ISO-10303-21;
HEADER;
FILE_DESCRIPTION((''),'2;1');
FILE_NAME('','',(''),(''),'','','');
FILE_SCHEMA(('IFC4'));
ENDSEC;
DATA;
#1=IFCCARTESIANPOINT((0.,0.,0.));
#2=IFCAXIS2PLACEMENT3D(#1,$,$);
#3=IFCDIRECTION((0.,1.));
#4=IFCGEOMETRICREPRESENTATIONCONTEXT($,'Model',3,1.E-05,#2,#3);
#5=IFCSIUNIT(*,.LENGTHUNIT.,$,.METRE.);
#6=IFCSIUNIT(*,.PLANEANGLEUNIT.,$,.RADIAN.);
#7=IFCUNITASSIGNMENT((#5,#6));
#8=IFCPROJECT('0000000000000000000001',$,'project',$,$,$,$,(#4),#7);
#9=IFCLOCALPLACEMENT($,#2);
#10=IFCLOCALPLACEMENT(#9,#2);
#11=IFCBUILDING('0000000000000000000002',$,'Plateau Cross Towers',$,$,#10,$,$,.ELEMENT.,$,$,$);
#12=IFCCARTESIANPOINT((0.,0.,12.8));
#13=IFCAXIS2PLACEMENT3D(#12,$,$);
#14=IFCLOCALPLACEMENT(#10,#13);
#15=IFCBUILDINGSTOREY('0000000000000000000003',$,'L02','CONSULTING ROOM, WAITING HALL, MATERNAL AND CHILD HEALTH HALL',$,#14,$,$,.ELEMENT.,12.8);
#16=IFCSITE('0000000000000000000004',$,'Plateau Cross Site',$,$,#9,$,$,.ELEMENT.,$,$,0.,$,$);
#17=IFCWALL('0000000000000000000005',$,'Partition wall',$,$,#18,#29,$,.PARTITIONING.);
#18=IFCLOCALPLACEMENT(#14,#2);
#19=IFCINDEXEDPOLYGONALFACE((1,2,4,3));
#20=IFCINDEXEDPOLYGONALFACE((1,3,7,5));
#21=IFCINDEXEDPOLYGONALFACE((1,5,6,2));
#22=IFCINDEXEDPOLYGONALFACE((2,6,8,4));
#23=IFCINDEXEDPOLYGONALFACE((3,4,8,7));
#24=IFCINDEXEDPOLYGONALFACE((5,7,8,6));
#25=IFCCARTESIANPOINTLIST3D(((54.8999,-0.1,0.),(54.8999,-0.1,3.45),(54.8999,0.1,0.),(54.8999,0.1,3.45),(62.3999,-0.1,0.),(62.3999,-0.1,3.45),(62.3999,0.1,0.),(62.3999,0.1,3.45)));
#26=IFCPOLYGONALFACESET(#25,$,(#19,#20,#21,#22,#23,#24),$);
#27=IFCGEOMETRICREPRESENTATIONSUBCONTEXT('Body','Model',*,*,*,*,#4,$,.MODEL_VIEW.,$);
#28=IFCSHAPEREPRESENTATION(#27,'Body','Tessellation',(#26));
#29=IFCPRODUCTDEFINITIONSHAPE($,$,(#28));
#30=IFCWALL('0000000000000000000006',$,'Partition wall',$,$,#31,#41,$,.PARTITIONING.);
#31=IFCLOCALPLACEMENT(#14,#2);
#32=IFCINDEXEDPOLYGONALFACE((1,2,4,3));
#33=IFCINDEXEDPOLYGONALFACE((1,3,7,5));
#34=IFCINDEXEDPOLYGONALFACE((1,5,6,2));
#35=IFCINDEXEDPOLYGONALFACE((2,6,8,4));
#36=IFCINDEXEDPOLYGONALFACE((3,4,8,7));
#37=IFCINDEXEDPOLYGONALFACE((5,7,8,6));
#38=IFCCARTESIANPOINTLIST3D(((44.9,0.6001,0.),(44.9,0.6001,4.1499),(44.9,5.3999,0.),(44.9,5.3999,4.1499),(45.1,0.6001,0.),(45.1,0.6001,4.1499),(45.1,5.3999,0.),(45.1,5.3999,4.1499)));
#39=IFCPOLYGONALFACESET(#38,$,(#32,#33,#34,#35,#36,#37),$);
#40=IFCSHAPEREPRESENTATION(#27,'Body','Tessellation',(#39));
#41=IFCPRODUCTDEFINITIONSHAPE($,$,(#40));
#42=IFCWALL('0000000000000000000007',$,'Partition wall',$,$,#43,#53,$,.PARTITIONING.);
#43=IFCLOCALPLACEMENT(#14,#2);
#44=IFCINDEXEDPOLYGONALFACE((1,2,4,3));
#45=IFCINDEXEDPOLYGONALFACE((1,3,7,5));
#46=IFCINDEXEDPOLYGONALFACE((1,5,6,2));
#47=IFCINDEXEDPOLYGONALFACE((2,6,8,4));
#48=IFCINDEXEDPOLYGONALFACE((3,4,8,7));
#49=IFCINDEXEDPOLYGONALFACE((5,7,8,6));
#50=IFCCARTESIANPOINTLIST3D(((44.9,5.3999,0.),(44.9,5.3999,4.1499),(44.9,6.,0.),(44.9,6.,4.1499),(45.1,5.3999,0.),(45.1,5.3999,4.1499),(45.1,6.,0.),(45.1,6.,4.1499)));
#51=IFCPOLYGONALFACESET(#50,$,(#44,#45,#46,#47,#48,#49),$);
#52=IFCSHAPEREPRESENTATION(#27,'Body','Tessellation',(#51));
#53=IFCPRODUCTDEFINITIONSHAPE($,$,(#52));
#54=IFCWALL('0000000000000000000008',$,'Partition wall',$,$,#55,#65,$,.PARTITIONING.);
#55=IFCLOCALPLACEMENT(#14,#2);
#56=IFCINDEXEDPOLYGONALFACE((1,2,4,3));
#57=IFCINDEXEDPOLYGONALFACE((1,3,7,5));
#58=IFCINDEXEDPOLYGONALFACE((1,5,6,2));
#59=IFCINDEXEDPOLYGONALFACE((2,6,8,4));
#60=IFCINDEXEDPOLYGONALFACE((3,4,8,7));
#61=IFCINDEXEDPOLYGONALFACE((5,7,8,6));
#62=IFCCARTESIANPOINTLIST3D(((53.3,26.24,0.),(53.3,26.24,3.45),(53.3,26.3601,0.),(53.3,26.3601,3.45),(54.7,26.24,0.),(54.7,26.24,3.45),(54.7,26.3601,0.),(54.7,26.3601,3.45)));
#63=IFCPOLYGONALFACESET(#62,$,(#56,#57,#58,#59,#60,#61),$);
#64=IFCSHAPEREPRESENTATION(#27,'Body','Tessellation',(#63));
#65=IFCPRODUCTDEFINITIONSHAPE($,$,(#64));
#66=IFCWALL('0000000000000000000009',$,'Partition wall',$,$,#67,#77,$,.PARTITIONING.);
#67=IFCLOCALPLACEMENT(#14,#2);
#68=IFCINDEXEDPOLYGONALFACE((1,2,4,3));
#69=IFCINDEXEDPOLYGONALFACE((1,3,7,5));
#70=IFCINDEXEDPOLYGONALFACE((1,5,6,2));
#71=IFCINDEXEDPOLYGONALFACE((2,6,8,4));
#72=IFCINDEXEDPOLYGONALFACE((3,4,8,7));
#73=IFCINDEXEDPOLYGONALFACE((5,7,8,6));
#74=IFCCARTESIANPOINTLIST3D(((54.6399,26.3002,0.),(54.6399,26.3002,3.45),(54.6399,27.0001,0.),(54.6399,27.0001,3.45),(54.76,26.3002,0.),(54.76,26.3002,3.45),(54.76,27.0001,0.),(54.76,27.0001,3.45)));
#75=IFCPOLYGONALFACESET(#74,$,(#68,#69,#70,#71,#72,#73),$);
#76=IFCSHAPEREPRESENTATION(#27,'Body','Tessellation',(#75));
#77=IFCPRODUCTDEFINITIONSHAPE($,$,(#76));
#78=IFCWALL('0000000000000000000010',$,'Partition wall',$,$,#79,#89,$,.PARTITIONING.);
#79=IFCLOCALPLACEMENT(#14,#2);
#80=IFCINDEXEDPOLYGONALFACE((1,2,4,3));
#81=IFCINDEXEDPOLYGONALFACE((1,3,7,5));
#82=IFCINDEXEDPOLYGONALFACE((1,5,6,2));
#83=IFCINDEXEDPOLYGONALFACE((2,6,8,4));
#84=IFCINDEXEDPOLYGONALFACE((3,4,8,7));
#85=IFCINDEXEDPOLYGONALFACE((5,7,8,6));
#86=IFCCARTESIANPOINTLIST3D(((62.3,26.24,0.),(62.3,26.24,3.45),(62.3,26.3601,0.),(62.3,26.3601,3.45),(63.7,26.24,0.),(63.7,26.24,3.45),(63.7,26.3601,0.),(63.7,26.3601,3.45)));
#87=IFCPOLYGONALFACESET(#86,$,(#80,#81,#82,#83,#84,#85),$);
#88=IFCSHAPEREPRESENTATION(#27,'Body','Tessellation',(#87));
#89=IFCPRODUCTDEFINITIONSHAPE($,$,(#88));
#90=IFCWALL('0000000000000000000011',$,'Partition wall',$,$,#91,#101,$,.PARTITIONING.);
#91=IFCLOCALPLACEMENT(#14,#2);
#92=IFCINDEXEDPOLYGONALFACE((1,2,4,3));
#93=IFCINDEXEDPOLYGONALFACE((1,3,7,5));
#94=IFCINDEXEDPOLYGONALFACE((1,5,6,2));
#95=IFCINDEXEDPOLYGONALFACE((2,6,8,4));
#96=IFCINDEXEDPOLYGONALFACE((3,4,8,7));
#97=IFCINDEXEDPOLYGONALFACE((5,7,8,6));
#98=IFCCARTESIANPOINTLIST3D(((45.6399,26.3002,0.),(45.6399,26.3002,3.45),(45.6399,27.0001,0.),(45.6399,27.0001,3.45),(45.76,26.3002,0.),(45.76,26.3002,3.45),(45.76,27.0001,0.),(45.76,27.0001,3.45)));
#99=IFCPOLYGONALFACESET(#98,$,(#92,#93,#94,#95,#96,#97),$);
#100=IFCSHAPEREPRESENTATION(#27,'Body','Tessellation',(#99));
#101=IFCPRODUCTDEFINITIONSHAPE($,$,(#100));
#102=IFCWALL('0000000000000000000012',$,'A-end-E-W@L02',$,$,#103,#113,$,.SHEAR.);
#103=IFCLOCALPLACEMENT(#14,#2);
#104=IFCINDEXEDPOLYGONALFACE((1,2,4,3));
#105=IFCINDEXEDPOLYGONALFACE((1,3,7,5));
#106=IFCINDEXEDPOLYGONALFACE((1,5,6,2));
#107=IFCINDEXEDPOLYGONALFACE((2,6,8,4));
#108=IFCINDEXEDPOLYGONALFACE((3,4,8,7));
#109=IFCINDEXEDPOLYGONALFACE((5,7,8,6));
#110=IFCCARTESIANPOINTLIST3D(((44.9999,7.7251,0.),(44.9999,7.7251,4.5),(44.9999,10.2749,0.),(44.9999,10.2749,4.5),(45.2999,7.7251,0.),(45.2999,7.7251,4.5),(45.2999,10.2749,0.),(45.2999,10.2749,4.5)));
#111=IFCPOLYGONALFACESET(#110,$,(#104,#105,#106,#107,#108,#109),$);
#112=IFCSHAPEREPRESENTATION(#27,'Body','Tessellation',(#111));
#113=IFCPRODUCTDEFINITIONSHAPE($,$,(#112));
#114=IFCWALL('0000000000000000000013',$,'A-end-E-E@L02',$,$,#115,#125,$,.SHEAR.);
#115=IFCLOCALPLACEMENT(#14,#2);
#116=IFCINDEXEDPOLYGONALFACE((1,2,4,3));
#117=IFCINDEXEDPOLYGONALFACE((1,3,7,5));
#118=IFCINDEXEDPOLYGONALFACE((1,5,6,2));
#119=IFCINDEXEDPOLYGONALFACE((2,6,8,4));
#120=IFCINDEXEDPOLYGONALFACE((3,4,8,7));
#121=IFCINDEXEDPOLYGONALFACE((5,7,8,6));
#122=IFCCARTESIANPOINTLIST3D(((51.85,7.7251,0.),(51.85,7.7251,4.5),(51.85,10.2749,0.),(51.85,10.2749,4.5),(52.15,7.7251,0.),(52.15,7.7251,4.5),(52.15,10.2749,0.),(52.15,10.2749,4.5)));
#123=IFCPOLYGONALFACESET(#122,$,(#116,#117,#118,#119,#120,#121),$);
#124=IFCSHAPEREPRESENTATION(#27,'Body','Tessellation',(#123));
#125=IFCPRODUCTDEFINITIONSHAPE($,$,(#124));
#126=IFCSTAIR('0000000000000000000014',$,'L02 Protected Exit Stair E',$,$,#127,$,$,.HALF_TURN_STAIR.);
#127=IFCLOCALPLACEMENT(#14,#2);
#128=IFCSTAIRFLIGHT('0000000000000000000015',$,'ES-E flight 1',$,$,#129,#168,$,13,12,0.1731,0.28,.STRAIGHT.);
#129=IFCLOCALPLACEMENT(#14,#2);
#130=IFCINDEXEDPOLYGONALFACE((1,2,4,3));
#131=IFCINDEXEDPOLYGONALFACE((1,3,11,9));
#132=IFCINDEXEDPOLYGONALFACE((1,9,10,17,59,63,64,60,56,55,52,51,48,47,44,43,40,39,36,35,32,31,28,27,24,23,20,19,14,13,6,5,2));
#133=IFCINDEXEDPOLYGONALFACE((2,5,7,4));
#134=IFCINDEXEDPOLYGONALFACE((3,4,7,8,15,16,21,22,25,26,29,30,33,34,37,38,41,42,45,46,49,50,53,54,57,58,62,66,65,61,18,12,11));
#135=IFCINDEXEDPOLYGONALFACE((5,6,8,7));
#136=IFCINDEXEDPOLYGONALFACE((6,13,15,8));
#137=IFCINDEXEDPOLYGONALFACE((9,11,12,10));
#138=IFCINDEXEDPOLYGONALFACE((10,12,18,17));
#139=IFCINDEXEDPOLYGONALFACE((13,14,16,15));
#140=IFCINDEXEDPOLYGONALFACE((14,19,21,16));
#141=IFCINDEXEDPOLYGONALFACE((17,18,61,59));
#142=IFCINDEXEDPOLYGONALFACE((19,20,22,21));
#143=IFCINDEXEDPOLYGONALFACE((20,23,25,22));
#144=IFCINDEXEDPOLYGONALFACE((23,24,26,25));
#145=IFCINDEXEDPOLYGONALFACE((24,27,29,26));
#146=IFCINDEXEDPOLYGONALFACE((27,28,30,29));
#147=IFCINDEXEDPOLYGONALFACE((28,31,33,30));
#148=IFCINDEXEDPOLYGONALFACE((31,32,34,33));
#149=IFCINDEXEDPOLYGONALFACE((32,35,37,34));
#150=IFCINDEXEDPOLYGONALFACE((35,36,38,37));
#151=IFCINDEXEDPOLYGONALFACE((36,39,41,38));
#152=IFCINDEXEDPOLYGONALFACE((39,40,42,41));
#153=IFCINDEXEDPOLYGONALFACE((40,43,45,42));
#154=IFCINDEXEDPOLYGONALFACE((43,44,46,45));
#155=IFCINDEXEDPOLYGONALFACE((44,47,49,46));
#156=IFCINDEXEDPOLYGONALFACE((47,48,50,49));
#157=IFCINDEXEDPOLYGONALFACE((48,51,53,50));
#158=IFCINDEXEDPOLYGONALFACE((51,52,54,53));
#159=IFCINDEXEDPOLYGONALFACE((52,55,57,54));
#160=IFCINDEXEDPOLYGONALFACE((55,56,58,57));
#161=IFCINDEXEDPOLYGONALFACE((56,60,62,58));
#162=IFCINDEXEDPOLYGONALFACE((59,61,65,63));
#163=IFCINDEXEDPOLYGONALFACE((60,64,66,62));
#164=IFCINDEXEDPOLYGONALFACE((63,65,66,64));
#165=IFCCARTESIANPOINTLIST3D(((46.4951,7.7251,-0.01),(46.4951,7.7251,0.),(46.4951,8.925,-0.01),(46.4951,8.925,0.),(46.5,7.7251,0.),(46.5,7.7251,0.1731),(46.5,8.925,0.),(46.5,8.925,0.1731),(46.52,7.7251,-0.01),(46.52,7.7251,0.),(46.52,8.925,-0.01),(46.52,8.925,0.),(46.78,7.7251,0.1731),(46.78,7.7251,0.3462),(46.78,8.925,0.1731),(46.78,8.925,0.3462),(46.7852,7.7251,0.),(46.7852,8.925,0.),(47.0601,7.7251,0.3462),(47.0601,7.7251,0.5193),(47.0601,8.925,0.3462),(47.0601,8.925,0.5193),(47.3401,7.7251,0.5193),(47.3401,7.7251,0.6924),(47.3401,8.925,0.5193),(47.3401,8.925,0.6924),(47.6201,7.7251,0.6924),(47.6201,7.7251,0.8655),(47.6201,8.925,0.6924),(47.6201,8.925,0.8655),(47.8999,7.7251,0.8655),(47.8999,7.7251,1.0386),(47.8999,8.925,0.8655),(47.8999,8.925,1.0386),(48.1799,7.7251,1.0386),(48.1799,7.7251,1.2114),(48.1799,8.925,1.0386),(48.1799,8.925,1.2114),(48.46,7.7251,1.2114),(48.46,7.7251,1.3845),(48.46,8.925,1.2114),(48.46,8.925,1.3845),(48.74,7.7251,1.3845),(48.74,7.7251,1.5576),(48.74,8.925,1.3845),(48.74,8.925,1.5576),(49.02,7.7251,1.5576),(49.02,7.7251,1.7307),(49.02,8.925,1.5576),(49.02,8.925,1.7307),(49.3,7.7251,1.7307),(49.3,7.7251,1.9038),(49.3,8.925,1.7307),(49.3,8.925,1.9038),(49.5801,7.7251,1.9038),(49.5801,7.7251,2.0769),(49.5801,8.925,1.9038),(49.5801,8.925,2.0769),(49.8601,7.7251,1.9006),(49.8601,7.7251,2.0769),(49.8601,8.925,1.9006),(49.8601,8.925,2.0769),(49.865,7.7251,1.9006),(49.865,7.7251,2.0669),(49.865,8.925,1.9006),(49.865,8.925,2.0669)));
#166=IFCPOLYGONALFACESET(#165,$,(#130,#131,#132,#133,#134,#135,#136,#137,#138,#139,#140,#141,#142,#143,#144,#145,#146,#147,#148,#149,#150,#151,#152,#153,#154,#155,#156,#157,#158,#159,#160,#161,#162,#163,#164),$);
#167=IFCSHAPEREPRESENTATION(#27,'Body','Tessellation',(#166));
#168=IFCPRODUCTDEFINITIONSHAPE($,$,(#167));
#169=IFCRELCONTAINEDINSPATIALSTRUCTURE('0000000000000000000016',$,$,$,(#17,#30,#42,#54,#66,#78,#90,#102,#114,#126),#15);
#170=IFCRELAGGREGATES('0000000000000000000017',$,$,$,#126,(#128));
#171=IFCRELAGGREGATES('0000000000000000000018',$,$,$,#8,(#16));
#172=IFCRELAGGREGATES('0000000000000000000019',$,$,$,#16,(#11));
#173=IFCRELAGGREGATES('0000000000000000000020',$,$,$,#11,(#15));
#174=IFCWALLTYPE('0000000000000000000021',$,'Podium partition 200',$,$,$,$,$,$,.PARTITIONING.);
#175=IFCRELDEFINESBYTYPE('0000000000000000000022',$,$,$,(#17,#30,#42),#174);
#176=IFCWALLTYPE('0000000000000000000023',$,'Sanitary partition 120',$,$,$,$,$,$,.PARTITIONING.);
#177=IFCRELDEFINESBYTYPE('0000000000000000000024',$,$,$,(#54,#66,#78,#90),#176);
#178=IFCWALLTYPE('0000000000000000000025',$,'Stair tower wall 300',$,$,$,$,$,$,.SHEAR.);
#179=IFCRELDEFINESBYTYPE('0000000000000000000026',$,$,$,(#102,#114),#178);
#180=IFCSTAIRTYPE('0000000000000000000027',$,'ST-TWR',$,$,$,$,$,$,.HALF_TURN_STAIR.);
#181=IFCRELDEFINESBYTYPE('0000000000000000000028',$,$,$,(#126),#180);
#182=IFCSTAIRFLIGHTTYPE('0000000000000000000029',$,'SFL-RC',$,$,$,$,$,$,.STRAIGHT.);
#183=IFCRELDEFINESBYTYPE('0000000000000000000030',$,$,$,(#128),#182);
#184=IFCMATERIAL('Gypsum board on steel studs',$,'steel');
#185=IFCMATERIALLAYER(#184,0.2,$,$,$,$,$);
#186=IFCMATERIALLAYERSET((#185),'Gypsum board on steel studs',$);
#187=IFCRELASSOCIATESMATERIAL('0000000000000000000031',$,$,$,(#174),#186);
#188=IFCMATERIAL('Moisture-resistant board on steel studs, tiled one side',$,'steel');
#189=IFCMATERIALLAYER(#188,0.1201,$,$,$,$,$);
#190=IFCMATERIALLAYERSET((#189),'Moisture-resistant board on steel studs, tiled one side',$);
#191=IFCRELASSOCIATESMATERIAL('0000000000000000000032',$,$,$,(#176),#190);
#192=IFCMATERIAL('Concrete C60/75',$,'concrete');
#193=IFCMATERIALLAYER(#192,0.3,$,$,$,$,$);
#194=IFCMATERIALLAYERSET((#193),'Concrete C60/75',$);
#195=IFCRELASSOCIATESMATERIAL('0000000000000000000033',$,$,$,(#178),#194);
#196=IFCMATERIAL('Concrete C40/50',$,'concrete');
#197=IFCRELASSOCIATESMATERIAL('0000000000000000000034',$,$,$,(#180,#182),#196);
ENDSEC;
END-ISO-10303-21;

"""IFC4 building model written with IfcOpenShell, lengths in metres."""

from ifc_helpers import new_model, si_unit, direction, frame, frame_2d, origin, place, context, subcontext, project, spatial, polyline, rectangle, outline, extrude, material, layer, layer_set, type_object, element, aggregate, save


model = new_model("IFC4")

# Units and contexts
model_context = context("Model", 3, precision=1e-05, world=origin(), true_north=direction((0.0, 1.0)))
body_context = subcontext(model_context, "Body", "Model", "MODEL_VIEW")
ifc_project = project(units=[si_unit("LENGTHUNIT", "METRE"), si_unit("PLANEANGLEUNIT", "RADIAN")], contexts=[model_context])

# Site, building, storey
site_placement = place(None, origin())
site = spatial("IfcSite", under=ifc_project, at=site_placement, Name="Plateau Cross Site", CompositionType="ELEMENT", RefElevation=0.0)
building_placement = place(site_placement, origin())
building = spatial("IfcBuilding", under=site, at=building_placement, Name="Plateau Cross Towers", CompositionType="ELEMENT")
storey_placement = place(building_placement, frame((0.0, 0.0, 12.8)))
storey = spatial("IfcBuildingStorey", under=building, at=storey_placement, Name="L02", Description="CONSULTING ROOM, WAITING HALL, MATERNAL AND CHILD HEALTH HALL", CompositionType="ELEMENT", Elevation=12.8)

# Shared definitions
ifc_material_1 = material(Name="Concrete C60/75", Category="concrete")

# Walls
ifc_material_2 = material(Name="Gypsum board on steel studs", Category="steel")
ifc_layer_1 = layer(ifc_material_2, 0.2)
ifc_layer_set_1 = layer_set([ifc_layer_1], Name="Gypsum board on steel studs")
wall_type_1 = type_object("IfcWallType", Name="Podium partition 200", PredefinedType="PARTITIONING", material=ifc_layer_set_1)
wall_1_placement = place(storey_placement, frame((54.8999, 0.0, 0.0), z_axis=(0.0, 0.0, 1.0), x_axis=(1.0, 0.0, 0.0)))
element("IfcWall", 1, at=wall_1_placement, inside=storey, type_object=wall_type_1, Name="Partition wall", PredefinedType="PARTITIONING", context=body_context, shape_type="SweptSolid", body=[
    extrude(rectangle(XDim=7.5, YDim=0.2, at=frame_2d((3.75, 0.0))), origin(), (0.0, 0.0, 1.0), 3.45),
])
wall_2_placement = place(storey_placement, frame((45.0, 5.3999, 0.0), z_axis=(0.0, 0.0, 1.0), x_axis=(0.0, -1.0, 0.0)))
element("IfcWall", 2, at=wall_2_placement, inside=storey, type_object=wall_type_1, Name="Partition wall", PredefinedType="PARTITIONING", context=body_context, shape_type="SweptSolid", body=[
    extrude(rectangle(XDim=4.7998, YDim=0.2, at=frame_2d((2.3999, 0.0))), origin(), (0.0, 0.0, 1.0), 4.1499),
])
wall_3_placement = place(storey_placement, frame((45.0, 6.0, 0.0), z_axis=(0.0, 0.0, 1.0), x_axis=(0.0, -1.0, 0.0)))
element("IfcWall", 3, at=wall_3_placement, inside=storey, type_object=wall_type_1, Name="Partition wall", PredefinedType="PARTITIONING", context=body_context, shape_type="SweptSolid", body=[
    extrude(rectangle(XDim=0.6001, YDim=0.2, at=frame_2d((0.3, 0.0))), origin(), (0.0, 0.0, 1.0), 4.1499),
])
ifc_material_3 = material(Name="Moisture-resistant board on steel studs, tiled one side", Category="steel")
ifc_layer_2 = layer(ifc_material_3, 0.1201)
ifc_layer_set_2 = layer_set([ifc_layer_2], Name="Moisture-resistant board on steel studs, tiled one side")
wall_type_2 = type_object("IfcWallType", Name="Sanitary partition 120", PredefinedType="PARTITIONING", material=ifc_layer_set_2)
wall_4_placement = place(storey_placement, frame((53.3, 26.3, 0.0), z_axis=(0.0, 0.0, 1.0), x_axis=(1.0, 0.0, 0.0)))
element("IfcWall", 4, at=wall_4_placement, inside=storey, type_object=wall_type_2, Name="Partition wall", PredefinedType="PARTITIONING", context=body_context, shape_type="SweptSolid", body=[
    extrude(rectangle(XDim=1.3999, YDim=0.1201, at=frame_2d((0.7, 0.0))), origin(), (0.0, 0.0, 1.0), 3.45),
])
wall_5_placement = place(storey_placement, frame((54.7, 26.3, 0.0), z_axis=(0.0, 0.0, 1.0), x_axis=(0.0, 1.0, 0.0)))
element("IfcWall", 5, at=wall_5_placement, inside=storey, type_object=wall_type_2, Name="Partition wall", PredefinedType="PARTITIONING", context=body_context, shape_type="SweptSolid", body=[
    extrude(rectangle(XDim=0.7, YDim=0.1201, at=frame_2d((0.3501, 0.0))), origin(), (0.0, 0.0, 1.0), 3.45),
])
wall_6_placement = place(storey_placement, frame((62.3, 26.3, 0.0), z_axis=(0.0, 0.0, 1.0), x_axis=(1.0, 0.0, 0.0)))
element("IfcWall", 6, at=wall_6_placement, inside=storey, type_object=wall_type_2, Name="Partition wall", PredefinedType="PARTITIONING", context=body_context, shape_type="SweptSolid", body=[
    extrude(rectangle(XDim=1.3999, YDim=0.1201, at=frame_2d((0.7, 0.0))), origin(), (0.0, 0.0, 1.0), 3.45),
])
wall_7_placement = place(storey_placement, frame((45.7, 26.3, 0.0), z_axis=(0.0, 0.0, 1.0), x_axis=(0.0, 1.0, 0.0)))
element("IfcWall", 7, at=wall_7_placement, inside=storey, type_object=wall_type_2, Name="Partition wall", PredefinedType="PARTITIONING", context=body_context, shape_type="SweptSolid", body=[
    extrude(rectangle(XDim=0.7, YDim=0.1201, at=frame_2d((0.3501, 0.0))), origin(), (0.0, 0.0, 1.0), 3.45),
])
ifc_layer_3 = layer(ifc_material_1, 0.3)
ifc_layer_set_3 = layer_set([ifc_layer_3], Name="Concrete C60/75")
wall_type_3 = type_object("IfcWallType", Name="Stair tower wall 300", PredefinedType="SHEAR", material=ifc_layer_set_3)
for number, where, z_axis, x_axis, name in (
    (8, (45.1499, 7.7251, 0.0), (0.0, 0.0, 1.0), (0.0, 1.0, 0.0), "A-end-E-W@L02"),
    (9, (52.0, 7.7251, 0.0), (0.0, 0.0, 1.0), (0.0, 1.0, 0.0), "A-end-E-E@L02"),
):
    element("IfcWall", number, at=place(storey_placement, frame(where, z_axis=z_axis, x_axis=x_axis)), inside=storey, type_object=wall_type_3, Name=name, PredefinedType="SHEAR", context=body_context, shape_type="SweptSolid", body=[
        extrude(rectangle(XDim=2.5498, YDim=0.3, at=frame_2d((1.2749, 0.0))), origin(), (0.0, 0.0, 1.0), 4.5),
    ])

# Stair, stair flight
ifc_material_4 = material(Name="Concrete C40/50", Category="concrete")
stair_type = type_object("IfcStairType", Name="ST-TWR", PredefinedType="HALF_TURN_STAIR", material=ifc_material_4)
stair_placement = place(storey_placement, origin())
stair = element("IfcStair", 10, at=stair_placement, inside=storey, type_object=stair_type, Name="L02 Protected Exit Stair E", PredefinedType="HALF_TURN_STAIR")
stair_flight_type = type_object("IfcStairFlightType", Name="SFL-RC", PredefinedType="STRAIGHT", material=ifc_material_4)
stair_flight_1_placement = place(storey_placement, frame((46.5, 8.325, 0.0), z_axis=(0.0, 0.0, 1.0), x_axis=(1.0, 0.0, 0.0)))
stair_flight_1 = element("IfcStairFlight", 11, at=stair_flight_1_placement, type_object=stair_flight_type, Name="ES-E flight 1", NumberOfRisers=13, NumberOfTreads=12, PredefinedType="STRAIGHT", RiserHeight=0.1731, TreadLength=0.28, context=body_context, shape_type="SweptSolid", body=[
    extrude(outline(polyline([(-0.0049, -0.01), (-0.0049, 0.0), (0.0, 0.0), (0.0, 0.1731), (0.28, 0.1731), (0.28, 0.3462), (0.5601, 0.3462), (0.5601, 0.5193), (0.8401, 0.5193), (0.8401, 0.6924), (1.1201, 0.6924), (1.1201, 0.8655), (1.3999, 0.8655), (1.3999, 1.0386), (1.6799, 1.0386), (1.6799, 1.2114), (1.96, 1.2114), (1.96, 1.3845), (2.24, 1.3845), (2.24, 1.5576), (2.52, 1.5576), (2.52, 1.7307), (2.8, 1.7307), (2.8, 1.9038), (3.0801, 1.9038), (3.0801, 2.0769), (3.3601, 2.0769), (3.365, 2.0669), (3.365, 1.9006), (3.3601, 1.9006), (0.2852, 0.0), (0.02, 0.0), (0.02, -0.01), (-0.0049, -0.01)])), frame((0.0, 0.6001, 0.0), z_axis=(0.0, -1.0, 0.0), x_axis=(1.0, 0.0, 0.0)), (0.0, 0.0, 1.0), 1.2),
])
aggregate(stair, [stair_flight_1])

save(model, "model.ifc")
